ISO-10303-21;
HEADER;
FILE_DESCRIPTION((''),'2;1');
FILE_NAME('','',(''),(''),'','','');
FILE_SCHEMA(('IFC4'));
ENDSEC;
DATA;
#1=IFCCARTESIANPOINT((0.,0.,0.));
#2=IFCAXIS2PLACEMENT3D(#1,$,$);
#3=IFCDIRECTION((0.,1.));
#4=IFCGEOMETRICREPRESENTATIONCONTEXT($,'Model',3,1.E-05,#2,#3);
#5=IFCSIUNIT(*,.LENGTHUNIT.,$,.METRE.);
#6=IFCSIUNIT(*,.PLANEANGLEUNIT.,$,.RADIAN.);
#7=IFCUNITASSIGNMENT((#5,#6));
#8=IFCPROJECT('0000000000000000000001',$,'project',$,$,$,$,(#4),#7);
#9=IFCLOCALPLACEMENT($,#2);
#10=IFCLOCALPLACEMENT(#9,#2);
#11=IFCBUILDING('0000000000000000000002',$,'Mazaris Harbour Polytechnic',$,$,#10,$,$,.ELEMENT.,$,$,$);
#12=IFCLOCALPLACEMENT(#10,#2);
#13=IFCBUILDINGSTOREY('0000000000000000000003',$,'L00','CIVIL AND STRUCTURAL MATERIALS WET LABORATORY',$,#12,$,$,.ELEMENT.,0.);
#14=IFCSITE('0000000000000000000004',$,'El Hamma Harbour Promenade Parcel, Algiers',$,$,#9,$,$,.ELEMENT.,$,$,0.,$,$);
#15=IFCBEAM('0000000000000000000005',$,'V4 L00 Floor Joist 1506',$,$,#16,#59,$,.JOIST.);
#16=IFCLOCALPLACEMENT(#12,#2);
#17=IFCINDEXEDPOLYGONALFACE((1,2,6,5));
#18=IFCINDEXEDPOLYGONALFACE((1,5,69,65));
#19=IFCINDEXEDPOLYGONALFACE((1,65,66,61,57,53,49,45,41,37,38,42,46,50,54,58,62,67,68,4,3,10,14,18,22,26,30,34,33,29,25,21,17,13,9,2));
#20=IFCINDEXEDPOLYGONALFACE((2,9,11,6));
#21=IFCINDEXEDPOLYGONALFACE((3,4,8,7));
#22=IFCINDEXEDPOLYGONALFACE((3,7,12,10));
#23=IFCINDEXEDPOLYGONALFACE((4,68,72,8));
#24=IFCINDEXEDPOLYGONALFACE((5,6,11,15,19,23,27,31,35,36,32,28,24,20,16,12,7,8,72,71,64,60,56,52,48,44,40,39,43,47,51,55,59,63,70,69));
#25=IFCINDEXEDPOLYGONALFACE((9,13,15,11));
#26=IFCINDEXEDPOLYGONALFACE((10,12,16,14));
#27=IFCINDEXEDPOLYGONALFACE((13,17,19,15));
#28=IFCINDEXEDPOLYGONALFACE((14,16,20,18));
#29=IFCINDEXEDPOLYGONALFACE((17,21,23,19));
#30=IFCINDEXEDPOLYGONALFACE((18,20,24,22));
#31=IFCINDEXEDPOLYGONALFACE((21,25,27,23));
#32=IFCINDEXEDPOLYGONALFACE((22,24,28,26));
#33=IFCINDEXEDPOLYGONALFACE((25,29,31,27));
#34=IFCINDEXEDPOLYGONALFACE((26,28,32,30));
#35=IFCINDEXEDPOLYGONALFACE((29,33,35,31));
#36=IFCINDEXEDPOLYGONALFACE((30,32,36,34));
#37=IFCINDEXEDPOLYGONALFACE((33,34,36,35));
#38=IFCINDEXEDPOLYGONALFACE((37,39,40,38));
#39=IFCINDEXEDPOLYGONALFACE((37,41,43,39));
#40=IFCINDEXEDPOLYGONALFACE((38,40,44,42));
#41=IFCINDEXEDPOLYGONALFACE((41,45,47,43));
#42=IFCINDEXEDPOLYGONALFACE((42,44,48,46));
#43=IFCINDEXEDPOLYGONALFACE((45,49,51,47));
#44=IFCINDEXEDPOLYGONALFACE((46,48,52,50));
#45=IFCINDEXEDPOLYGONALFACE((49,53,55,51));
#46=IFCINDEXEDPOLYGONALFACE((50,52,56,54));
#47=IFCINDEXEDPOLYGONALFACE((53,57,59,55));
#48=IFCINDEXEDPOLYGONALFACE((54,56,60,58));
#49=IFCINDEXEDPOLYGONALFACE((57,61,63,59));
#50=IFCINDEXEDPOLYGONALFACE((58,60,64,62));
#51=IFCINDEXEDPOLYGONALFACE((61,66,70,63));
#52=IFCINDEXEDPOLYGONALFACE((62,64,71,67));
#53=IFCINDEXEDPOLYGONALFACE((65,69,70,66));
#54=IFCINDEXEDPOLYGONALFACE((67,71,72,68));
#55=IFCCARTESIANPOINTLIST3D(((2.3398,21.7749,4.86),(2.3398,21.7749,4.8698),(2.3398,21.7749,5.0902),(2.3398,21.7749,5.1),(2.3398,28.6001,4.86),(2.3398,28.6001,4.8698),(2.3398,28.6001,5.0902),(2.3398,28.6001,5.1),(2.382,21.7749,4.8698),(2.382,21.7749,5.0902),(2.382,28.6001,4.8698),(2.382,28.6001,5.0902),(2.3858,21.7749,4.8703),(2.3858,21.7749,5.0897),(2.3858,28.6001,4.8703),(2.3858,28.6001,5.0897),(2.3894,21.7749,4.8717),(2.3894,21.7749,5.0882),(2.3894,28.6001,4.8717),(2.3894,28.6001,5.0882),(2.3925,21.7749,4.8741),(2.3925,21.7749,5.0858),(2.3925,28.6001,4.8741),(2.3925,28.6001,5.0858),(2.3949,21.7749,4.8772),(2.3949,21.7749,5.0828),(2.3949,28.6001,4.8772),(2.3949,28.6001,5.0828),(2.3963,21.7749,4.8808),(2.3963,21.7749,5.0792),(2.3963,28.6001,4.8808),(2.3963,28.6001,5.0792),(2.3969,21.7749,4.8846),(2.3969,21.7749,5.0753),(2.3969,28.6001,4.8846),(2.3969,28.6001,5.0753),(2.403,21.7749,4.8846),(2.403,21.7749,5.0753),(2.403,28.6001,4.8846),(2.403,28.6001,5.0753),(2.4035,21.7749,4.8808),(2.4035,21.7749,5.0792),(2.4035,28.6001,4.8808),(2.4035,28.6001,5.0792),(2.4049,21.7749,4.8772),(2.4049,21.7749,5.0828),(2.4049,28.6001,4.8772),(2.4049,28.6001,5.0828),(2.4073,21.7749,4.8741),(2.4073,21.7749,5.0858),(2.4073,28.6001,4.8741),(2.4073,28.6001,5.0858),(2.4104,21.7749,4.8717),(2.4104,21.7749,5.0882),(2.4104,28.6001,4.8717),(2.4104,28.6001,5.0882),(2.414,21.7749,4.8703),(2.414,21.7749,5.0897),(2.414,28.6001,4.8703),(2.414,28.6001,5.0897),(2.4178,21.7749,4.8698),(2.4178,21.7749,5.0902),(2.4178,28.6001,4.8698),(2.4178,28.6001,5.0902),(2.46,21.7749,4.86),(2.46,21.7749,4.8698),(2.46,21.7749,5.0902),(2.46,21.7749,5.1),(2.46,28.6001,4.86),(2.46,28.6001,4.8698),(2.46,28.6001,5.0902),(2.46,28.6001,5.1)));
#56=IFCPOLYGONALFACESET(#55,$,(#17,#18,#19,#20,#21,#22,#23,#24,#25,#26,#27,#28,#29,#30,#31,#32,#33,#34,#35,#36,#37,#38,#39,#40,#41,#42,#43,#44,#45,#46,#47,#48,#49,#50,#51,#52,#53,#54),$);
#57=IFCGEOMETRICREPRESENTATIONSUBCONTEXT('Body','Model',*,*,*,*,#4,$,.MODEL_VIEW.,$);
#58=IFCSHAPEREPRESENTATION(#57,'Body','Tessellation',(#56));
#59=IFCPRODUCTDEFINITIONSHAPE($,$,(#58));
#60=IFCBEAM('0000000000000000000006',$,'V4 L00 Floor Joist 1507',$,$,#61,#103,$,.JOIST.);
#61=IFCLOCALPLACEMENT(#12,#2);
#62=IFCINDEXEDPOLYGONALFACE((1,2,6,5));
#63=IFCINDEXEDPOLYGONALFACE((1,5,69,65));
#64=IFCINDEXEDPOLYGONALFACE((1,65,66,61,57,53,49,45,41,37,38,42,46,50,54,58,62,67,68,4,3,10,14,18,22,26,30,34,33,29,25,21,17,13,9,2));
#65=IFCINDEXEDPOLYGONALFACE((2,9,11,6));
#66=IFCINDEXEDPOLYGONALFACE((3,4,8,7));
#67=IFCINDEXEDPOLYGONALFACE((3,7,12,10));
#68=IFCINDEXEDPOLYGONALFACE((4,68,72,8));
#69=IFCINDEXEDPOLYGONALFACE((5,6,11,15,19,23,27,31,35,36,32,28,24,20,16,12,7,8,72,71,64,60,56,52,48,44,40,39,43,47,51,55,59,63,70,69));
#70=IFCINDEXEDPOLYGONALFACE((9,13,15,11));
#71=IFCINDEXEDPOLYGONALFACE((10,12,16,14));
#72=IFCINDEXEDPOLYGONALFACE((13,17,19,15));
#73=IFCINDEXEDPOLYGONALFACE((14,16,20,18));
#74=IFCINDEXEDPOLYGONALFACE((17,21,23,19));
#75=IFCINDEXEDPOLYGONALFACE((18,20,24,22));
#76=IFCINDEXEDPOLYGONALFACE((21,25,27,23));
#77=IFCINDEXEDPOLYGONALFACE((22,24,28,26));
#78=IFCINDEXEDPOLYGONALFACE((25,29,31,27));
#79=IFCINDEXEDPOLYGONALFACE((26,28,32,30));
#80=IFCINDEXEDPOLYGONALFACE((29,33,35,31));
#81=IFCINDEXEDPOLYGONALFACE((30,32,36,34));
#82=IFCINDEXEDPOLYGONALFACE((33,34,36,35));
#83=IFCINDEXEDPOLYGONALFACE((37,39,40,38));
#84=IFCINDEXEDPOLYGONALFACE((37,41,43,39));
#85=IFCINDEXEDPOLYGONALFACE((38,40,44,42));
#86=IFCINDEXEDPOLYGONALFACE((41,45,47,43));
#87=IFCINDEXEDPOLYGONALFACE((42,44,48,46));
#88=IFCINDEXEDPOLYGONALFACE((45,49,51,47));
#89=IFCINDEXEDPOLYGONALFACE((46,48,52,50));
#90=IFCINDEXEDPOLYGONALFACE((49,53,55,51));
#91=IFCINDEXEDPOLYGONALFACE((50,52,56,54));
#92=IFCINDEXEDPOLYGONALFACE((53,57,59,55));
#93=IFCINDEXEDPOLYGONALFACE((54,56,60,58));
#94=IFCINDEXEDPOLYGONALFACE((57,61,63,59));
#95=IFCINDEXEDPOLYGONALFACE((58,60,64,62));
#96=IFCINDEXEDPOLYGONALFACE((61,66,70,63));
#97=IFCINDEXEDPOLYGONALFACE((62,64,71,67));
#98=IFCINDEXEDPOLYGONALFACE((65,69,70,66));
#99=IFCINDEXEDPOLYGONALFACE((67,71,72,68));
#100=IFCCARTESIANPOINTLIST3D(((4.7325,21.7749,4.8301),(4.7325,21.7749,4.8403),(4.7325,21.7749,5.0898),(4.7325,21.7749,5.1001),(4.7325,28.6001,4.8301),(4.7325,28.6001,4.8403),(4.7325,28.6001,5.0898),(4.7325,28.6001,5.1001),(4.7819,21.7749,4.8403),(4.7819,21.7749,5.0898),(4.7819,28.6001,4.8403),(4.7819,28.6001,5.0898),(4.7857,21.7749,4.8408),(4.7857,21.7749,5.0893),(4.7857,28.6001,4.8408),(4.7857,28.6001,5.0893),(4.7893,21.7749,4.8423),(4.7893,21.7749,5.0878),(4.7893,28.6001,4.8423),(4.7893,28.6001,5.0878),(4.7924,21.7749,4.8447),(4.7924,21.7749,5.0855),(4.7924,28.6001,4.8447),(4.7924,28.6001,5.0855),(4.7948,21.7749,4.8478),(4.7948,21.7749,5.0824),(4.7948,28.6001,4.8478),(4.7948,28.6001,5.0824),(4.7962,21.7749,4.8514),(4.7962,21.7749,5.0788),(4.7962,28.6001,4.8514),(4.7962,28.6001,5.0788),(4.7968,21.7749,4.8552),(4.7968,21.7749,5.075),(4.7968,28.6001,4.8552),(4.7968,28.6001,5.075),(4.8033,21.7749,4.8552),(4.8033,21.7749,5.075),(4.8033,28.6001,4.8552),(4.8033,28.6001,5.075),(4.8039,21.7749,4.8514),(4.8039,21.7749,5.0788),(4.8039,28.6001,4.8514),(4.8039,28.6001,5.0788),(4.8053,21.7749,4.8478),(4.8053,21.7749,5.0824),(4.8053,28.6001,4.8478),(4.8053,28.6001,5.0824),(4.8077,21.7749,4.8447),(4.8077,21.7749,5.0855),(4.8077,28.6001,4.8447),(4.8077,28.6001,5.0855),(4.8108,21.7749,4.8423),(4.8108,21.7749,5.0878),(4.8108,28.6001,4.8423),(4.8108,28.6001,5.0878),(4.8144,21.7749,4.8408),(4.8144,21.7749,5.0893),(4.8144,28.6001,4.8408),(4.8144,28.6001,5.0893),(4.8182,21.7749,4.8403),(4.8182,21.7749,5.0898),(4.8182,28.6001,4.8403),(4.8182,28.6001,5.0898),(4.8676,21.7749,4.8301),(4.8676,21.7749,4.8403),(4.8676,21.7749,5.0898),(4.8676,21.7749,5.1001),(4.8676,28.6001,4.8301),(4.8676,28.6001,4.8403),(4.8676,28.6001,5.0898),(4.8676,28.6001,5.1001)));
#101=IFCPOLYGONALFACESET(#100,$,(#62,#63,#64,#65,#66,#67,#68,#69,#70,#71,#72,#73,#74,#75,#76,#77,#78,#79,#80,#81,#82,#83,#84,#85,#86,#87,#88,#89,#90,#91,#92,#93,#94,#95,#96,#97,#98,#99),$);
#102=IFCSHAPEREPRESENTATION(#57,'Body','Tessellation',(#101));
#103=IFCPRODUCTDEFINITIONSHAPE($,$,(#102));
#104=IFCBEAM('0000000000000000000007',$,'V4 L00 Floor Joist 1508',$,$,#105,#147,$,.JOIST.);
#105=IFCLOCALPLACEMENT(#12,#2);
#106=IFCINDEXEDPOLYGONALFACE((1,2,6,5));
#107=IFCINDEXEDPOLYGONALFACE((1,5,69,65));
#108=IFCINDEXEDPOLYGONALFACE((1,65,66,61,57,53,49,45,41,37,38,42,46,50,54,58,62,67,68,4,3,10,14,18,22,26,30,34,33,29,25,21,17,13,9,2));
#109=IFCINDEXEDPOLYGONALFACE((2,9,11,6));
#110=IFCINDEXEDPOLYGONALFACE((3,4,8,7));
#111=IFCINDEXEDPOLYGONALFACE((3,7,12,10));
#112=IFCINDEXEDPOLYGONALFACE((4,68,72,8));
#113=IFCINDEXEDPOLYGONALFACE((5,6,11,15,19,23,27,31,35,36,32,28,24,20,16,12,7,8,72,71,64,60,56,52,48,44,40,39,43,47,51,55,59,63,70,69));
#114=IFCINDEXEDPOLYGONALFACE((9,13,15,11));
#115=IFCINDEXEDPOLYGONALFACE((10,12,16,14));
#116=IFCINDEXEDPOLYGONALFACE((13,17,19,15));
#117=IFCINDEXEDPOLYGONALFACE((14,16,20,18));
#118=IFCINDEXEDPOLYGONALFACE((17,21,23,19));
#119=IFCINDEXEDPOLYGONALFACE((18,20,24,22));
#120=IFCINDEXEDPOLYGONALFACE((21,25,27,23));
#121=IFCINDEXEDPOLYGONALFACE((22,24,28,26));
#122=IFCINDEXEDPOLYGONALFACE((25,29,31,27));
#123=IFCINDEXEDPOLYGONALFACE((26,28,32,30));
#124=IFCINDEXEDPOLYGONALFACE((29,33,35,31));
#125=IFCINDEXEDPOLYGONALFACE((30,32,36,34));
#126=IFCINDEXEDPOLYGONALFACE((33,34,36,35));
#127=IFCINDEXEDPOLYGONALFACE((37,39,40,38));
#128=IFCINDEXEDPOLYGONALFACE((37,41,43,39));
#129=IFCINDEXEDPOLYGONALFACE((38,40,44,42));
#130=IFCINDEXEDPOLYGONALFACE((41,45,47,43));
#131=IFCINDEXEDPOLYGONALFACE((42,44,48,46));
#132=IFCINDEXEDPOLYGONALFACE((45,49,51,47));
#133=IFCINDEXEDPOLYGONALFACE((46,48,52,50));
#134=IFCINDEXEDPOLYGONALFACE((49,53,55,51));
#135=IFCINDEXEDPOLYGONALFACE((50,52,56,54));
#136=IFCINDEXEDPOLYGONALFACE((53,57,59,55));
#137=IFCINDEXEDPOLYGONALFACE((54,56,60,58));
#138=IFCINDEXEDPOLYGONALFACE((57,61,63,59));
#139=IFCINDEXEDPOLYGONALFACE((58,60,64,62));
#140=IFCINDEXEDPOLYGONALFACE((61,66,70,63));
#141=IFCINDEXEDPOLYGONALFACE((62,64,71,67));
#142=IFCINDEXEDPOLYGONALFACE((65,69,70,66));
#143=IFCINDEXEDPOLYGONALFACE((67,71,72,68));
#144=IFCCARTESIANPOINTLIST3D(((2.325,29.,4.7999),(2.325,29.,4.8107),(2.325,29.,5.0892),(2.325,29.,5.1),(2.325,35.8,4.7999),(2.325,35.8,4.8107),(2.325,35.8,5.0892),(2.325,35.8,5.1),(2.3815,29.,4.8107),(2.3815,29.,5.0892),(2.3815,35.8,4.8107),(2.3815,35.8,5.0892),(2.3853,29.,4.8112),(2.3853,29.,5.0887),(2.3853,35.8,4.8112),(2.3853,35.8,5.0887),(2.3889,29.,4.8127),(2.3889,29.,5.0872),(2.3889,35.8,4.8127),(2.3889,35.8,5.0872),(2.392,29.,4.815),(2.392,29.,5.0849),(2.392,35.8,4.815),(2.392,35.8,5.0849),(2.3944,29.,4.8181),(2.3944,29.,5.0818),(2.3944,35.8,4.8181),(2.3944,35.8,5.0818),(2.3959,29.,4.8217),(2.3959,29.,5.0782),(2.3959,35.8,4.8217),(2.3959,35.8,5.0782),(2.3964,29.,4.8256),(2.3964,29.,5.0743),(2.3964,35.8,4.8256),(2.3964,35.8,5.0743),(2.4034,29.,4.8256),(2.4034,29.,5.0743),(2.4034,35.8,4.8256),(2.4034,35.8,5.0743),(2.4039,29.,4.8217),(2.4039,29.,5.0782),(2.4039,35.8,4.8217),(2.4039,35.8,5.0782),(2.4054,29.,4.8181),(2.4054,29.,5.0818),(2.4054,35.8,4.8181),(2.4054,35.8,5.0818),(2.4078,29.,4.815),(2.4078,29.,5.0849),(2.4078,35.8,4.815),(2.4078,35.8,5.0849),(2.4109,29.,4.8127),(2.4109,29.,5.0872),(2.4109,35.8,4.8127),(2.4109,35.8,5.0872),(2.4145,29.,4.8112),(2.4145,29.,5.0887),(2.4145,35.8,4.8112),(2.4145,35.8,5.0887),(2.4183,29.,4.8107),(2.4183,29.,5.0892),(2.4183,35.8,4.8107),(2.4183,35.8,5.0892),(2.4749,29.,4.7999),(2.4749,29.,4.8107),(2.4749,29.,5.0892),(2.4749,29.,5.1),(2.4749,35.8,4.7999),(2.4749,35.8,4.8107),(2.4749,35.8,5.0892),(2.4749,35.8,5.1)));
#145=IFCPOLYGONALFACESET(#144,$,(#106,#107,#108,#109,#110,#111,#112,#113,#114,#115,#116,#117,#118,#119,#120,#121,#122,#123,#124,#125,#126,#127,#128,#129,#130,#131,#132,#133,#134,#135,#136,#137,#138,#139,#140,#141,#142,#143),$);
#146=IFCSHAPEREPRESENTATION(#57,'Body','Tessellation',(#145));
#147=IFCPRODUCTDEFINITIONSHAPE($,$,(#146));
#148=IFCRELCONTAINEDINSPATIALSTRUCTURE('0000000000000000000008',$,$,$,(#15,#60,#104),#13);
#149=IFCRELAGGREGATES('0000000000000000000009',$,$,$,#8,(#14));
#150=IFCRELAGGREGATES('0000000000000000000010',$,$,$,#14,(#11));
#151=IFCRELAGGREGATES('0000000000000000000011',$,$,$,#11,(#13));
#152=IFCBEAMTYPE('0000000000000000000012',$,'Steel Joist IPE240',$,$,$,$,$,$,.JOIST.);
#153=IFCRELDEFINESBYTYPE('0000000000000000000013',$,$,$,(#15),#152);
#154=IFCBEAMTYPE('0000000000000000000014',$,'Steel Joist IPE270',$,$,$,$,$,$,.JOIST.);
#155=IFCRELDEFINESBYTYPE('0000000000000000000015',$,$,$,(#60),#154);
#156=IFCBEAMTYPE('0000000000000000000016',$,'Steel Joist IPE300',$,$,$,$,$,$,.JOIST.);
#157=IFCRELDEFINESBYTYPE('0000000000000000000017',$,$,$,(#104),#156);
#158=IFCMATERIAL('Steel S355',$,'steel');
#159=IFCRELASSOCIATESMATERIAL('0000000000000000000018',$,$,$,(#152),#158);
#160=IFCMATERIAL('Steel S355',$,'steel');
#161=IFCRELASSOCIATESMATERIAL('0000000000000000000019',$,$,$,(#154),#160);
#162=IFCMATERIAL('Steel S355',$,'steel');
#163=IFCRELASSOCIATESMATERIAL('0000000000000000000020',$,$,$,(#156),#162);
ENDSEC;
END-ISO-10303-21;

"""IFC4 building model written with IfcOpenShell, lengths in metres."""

from ifc_helpers import new_model, si_unit, direction, frame, origin, origin_2d, place, context, subcontext, project, spatial, i_section, extrude, material, material_profile, profile_set, type_object, element, save


model = new_model("IFC4")

# Units and contexts
model_context = context("Model", 3, precision=1e-05, world=origin(), true_north=direction((0.0, 1.0)))
body_context = subcontext(model_context, "Body", "Model", "MODEL_VIEW")
ifc_project = project(units=[si_unit("LENGTHUNIT", "METRE"), si_unit("PLANEANGLEUNIT", "RADIAN")], contexts=[model_context])

# Site, building, storey
site_placement = place(None, origin())
site = spatial("IfcSite", under=ifc_project, at=site_placement, Name="El Hamma Harbour Promenade Parcel, Algiers", CompositionType="ELEMENT", RefElevation=0.0)
building_placement = place(site_placement, origin())
building = spatial("IfcBuilding", under=site, at=building_placement, Name="Mazaris Harbour Polytechnic", CompositionType="ELEMENT")
storey_placement = place(building_placement, origin())
storey = spatial("IfcBuildingStorey", under=building, at=storey_placement, Name="L00", Description="CIVIL AND STRUCTURAL MATERIALS WET LABORATORY", CompositionType="ELEMENT", Elevation=0.0)

# Beams
ifc_material_1 = material(Name="Steel S355", Category="steel")
ifc_material_profile_1 = material_profile(ifc_material_1, i_section(OverallWidth=0.1201, OverallDepth=0.24, WebThickness=0.0061, FlangeThickness=0.0098, FilletRadius=0.0149, at=origin_2d()), Name="IPE 240")
ifc_profile_set_1 = profile_set([ifc_material_profile_1], Name="Steel S355")
beam_type_1 = type_object("IfcBeamType", Name="Steel Joist IPE240", PredefinedType="JOIST", material=ifc_profile_set_1)
beam_1_placement = place(storey_placement, frame((2.3999, 21.7749, 4.98), z_axis=(0.0, 1.0, 0.0), x_axis=(-1.0, 0.0, 0.0)))
element("IfcBeam", 1, at=beam_1_placement, inside=storey, type_object=beam_type_1, Name="V4 L00 Floor Joist 1506", PredefinedType="JOIST", context=body_context, shape_type="SweptSolid", body=[
    extrude(i_section(OverallWidth=0.1201, OverallDepth=0.24, WebThickness=0.0061, FlangeThickness=0.0098, FilletRadius=0.0149, at=origin_2d()), origin(), (0.0, 0.0, 1.0), 6.8252),
])
ifc_material_2 = material(Name="Steel S355", Category="steel")
ifc_material_profile_2 = material_profile(ifc_material_2, i_section(OverallWidth=0.135, OverallDepth=0.27, WebThickness=0.0066, FlangeThickness=0.0103, FilletRadius=0.0149, at=origin_2d()), Name="IPE 270")
ifc_profile_set_2 = profile_set([ifc_material_profile_2], Name="Steel S355")
beam_type_2 = type_object("IfcBeamType", Name="Steel Joist IPE270", PredefinedType="JOIST", material=ifc_profile_set_2)
beam_2_placement = place(storey_placement, frame((4.8, 21.7749, 4.9651), z_axis=(0.0, 1.0, 0.0), x_axis=(-1.0, 0.0, 0.0)))
element("IfcBeam", 2, at=beam_2_placement, inside=storey, type_object=beam_type_2, Name="V4 L00 Floor Joist 1507", PredefinedType="JOIST", context=body_context, shape_type="SweptSolid", body=[
    extrude(i_section(OverallWidth=0.135, OverallDepth=0.27, WebThickness=0.0066, FlangeThickness=0.0103, FilletRadius=0.0149, at=origin_2d()), origin(), (0.0, 0.0, 1.0), 6.8252),
])
ifc_material_3 = material(Name="Steel S355", Category="steel")
ifc_material_profile_3 = material_profile(ifc_material_3, i_section(OverallWidth=0.1499, OverallDepth=0.3, WebThickness=0.0071, FlangeThickness=0.0107, FilletRadius=0.0149, at=origin_2d()), Name="IPE 300")
ifc_profile_set_3 = profile_set([ifc_material_profile_3], Name="Steel S355")
beam_type_3 = type_object("IfcBeamType", Name="Steel Joist IPE300", PredefinedType="JOIST", material=ifc_profile_set_3)
beam_3_placement = place(storey_placement, frame((2.3999, 29.0, 4.95), z_axis=(0.0, 1.0, 0.0), x_axis=(-1.0, 0.0, 0.0)))
element("IfcBeam", 3, at=beam_3_placement, inside=storey, type_object=beam_type_3, Name="V4 L00 Floor Joist 1508", PredefinedType="JOIST", context=body_context, shape_type="SweptSolid", body=[
    extrude(i_section(OverallWidth=0.1499, OverallDepth=0.3, WebThickness=0.0071, FlangeThickness=0.0107, FilletRadius=0.0149, at=origin_2d()), origin(), (0.0, 0.0, 1.0), 6.8),
])

save(model, "model.ifc")
